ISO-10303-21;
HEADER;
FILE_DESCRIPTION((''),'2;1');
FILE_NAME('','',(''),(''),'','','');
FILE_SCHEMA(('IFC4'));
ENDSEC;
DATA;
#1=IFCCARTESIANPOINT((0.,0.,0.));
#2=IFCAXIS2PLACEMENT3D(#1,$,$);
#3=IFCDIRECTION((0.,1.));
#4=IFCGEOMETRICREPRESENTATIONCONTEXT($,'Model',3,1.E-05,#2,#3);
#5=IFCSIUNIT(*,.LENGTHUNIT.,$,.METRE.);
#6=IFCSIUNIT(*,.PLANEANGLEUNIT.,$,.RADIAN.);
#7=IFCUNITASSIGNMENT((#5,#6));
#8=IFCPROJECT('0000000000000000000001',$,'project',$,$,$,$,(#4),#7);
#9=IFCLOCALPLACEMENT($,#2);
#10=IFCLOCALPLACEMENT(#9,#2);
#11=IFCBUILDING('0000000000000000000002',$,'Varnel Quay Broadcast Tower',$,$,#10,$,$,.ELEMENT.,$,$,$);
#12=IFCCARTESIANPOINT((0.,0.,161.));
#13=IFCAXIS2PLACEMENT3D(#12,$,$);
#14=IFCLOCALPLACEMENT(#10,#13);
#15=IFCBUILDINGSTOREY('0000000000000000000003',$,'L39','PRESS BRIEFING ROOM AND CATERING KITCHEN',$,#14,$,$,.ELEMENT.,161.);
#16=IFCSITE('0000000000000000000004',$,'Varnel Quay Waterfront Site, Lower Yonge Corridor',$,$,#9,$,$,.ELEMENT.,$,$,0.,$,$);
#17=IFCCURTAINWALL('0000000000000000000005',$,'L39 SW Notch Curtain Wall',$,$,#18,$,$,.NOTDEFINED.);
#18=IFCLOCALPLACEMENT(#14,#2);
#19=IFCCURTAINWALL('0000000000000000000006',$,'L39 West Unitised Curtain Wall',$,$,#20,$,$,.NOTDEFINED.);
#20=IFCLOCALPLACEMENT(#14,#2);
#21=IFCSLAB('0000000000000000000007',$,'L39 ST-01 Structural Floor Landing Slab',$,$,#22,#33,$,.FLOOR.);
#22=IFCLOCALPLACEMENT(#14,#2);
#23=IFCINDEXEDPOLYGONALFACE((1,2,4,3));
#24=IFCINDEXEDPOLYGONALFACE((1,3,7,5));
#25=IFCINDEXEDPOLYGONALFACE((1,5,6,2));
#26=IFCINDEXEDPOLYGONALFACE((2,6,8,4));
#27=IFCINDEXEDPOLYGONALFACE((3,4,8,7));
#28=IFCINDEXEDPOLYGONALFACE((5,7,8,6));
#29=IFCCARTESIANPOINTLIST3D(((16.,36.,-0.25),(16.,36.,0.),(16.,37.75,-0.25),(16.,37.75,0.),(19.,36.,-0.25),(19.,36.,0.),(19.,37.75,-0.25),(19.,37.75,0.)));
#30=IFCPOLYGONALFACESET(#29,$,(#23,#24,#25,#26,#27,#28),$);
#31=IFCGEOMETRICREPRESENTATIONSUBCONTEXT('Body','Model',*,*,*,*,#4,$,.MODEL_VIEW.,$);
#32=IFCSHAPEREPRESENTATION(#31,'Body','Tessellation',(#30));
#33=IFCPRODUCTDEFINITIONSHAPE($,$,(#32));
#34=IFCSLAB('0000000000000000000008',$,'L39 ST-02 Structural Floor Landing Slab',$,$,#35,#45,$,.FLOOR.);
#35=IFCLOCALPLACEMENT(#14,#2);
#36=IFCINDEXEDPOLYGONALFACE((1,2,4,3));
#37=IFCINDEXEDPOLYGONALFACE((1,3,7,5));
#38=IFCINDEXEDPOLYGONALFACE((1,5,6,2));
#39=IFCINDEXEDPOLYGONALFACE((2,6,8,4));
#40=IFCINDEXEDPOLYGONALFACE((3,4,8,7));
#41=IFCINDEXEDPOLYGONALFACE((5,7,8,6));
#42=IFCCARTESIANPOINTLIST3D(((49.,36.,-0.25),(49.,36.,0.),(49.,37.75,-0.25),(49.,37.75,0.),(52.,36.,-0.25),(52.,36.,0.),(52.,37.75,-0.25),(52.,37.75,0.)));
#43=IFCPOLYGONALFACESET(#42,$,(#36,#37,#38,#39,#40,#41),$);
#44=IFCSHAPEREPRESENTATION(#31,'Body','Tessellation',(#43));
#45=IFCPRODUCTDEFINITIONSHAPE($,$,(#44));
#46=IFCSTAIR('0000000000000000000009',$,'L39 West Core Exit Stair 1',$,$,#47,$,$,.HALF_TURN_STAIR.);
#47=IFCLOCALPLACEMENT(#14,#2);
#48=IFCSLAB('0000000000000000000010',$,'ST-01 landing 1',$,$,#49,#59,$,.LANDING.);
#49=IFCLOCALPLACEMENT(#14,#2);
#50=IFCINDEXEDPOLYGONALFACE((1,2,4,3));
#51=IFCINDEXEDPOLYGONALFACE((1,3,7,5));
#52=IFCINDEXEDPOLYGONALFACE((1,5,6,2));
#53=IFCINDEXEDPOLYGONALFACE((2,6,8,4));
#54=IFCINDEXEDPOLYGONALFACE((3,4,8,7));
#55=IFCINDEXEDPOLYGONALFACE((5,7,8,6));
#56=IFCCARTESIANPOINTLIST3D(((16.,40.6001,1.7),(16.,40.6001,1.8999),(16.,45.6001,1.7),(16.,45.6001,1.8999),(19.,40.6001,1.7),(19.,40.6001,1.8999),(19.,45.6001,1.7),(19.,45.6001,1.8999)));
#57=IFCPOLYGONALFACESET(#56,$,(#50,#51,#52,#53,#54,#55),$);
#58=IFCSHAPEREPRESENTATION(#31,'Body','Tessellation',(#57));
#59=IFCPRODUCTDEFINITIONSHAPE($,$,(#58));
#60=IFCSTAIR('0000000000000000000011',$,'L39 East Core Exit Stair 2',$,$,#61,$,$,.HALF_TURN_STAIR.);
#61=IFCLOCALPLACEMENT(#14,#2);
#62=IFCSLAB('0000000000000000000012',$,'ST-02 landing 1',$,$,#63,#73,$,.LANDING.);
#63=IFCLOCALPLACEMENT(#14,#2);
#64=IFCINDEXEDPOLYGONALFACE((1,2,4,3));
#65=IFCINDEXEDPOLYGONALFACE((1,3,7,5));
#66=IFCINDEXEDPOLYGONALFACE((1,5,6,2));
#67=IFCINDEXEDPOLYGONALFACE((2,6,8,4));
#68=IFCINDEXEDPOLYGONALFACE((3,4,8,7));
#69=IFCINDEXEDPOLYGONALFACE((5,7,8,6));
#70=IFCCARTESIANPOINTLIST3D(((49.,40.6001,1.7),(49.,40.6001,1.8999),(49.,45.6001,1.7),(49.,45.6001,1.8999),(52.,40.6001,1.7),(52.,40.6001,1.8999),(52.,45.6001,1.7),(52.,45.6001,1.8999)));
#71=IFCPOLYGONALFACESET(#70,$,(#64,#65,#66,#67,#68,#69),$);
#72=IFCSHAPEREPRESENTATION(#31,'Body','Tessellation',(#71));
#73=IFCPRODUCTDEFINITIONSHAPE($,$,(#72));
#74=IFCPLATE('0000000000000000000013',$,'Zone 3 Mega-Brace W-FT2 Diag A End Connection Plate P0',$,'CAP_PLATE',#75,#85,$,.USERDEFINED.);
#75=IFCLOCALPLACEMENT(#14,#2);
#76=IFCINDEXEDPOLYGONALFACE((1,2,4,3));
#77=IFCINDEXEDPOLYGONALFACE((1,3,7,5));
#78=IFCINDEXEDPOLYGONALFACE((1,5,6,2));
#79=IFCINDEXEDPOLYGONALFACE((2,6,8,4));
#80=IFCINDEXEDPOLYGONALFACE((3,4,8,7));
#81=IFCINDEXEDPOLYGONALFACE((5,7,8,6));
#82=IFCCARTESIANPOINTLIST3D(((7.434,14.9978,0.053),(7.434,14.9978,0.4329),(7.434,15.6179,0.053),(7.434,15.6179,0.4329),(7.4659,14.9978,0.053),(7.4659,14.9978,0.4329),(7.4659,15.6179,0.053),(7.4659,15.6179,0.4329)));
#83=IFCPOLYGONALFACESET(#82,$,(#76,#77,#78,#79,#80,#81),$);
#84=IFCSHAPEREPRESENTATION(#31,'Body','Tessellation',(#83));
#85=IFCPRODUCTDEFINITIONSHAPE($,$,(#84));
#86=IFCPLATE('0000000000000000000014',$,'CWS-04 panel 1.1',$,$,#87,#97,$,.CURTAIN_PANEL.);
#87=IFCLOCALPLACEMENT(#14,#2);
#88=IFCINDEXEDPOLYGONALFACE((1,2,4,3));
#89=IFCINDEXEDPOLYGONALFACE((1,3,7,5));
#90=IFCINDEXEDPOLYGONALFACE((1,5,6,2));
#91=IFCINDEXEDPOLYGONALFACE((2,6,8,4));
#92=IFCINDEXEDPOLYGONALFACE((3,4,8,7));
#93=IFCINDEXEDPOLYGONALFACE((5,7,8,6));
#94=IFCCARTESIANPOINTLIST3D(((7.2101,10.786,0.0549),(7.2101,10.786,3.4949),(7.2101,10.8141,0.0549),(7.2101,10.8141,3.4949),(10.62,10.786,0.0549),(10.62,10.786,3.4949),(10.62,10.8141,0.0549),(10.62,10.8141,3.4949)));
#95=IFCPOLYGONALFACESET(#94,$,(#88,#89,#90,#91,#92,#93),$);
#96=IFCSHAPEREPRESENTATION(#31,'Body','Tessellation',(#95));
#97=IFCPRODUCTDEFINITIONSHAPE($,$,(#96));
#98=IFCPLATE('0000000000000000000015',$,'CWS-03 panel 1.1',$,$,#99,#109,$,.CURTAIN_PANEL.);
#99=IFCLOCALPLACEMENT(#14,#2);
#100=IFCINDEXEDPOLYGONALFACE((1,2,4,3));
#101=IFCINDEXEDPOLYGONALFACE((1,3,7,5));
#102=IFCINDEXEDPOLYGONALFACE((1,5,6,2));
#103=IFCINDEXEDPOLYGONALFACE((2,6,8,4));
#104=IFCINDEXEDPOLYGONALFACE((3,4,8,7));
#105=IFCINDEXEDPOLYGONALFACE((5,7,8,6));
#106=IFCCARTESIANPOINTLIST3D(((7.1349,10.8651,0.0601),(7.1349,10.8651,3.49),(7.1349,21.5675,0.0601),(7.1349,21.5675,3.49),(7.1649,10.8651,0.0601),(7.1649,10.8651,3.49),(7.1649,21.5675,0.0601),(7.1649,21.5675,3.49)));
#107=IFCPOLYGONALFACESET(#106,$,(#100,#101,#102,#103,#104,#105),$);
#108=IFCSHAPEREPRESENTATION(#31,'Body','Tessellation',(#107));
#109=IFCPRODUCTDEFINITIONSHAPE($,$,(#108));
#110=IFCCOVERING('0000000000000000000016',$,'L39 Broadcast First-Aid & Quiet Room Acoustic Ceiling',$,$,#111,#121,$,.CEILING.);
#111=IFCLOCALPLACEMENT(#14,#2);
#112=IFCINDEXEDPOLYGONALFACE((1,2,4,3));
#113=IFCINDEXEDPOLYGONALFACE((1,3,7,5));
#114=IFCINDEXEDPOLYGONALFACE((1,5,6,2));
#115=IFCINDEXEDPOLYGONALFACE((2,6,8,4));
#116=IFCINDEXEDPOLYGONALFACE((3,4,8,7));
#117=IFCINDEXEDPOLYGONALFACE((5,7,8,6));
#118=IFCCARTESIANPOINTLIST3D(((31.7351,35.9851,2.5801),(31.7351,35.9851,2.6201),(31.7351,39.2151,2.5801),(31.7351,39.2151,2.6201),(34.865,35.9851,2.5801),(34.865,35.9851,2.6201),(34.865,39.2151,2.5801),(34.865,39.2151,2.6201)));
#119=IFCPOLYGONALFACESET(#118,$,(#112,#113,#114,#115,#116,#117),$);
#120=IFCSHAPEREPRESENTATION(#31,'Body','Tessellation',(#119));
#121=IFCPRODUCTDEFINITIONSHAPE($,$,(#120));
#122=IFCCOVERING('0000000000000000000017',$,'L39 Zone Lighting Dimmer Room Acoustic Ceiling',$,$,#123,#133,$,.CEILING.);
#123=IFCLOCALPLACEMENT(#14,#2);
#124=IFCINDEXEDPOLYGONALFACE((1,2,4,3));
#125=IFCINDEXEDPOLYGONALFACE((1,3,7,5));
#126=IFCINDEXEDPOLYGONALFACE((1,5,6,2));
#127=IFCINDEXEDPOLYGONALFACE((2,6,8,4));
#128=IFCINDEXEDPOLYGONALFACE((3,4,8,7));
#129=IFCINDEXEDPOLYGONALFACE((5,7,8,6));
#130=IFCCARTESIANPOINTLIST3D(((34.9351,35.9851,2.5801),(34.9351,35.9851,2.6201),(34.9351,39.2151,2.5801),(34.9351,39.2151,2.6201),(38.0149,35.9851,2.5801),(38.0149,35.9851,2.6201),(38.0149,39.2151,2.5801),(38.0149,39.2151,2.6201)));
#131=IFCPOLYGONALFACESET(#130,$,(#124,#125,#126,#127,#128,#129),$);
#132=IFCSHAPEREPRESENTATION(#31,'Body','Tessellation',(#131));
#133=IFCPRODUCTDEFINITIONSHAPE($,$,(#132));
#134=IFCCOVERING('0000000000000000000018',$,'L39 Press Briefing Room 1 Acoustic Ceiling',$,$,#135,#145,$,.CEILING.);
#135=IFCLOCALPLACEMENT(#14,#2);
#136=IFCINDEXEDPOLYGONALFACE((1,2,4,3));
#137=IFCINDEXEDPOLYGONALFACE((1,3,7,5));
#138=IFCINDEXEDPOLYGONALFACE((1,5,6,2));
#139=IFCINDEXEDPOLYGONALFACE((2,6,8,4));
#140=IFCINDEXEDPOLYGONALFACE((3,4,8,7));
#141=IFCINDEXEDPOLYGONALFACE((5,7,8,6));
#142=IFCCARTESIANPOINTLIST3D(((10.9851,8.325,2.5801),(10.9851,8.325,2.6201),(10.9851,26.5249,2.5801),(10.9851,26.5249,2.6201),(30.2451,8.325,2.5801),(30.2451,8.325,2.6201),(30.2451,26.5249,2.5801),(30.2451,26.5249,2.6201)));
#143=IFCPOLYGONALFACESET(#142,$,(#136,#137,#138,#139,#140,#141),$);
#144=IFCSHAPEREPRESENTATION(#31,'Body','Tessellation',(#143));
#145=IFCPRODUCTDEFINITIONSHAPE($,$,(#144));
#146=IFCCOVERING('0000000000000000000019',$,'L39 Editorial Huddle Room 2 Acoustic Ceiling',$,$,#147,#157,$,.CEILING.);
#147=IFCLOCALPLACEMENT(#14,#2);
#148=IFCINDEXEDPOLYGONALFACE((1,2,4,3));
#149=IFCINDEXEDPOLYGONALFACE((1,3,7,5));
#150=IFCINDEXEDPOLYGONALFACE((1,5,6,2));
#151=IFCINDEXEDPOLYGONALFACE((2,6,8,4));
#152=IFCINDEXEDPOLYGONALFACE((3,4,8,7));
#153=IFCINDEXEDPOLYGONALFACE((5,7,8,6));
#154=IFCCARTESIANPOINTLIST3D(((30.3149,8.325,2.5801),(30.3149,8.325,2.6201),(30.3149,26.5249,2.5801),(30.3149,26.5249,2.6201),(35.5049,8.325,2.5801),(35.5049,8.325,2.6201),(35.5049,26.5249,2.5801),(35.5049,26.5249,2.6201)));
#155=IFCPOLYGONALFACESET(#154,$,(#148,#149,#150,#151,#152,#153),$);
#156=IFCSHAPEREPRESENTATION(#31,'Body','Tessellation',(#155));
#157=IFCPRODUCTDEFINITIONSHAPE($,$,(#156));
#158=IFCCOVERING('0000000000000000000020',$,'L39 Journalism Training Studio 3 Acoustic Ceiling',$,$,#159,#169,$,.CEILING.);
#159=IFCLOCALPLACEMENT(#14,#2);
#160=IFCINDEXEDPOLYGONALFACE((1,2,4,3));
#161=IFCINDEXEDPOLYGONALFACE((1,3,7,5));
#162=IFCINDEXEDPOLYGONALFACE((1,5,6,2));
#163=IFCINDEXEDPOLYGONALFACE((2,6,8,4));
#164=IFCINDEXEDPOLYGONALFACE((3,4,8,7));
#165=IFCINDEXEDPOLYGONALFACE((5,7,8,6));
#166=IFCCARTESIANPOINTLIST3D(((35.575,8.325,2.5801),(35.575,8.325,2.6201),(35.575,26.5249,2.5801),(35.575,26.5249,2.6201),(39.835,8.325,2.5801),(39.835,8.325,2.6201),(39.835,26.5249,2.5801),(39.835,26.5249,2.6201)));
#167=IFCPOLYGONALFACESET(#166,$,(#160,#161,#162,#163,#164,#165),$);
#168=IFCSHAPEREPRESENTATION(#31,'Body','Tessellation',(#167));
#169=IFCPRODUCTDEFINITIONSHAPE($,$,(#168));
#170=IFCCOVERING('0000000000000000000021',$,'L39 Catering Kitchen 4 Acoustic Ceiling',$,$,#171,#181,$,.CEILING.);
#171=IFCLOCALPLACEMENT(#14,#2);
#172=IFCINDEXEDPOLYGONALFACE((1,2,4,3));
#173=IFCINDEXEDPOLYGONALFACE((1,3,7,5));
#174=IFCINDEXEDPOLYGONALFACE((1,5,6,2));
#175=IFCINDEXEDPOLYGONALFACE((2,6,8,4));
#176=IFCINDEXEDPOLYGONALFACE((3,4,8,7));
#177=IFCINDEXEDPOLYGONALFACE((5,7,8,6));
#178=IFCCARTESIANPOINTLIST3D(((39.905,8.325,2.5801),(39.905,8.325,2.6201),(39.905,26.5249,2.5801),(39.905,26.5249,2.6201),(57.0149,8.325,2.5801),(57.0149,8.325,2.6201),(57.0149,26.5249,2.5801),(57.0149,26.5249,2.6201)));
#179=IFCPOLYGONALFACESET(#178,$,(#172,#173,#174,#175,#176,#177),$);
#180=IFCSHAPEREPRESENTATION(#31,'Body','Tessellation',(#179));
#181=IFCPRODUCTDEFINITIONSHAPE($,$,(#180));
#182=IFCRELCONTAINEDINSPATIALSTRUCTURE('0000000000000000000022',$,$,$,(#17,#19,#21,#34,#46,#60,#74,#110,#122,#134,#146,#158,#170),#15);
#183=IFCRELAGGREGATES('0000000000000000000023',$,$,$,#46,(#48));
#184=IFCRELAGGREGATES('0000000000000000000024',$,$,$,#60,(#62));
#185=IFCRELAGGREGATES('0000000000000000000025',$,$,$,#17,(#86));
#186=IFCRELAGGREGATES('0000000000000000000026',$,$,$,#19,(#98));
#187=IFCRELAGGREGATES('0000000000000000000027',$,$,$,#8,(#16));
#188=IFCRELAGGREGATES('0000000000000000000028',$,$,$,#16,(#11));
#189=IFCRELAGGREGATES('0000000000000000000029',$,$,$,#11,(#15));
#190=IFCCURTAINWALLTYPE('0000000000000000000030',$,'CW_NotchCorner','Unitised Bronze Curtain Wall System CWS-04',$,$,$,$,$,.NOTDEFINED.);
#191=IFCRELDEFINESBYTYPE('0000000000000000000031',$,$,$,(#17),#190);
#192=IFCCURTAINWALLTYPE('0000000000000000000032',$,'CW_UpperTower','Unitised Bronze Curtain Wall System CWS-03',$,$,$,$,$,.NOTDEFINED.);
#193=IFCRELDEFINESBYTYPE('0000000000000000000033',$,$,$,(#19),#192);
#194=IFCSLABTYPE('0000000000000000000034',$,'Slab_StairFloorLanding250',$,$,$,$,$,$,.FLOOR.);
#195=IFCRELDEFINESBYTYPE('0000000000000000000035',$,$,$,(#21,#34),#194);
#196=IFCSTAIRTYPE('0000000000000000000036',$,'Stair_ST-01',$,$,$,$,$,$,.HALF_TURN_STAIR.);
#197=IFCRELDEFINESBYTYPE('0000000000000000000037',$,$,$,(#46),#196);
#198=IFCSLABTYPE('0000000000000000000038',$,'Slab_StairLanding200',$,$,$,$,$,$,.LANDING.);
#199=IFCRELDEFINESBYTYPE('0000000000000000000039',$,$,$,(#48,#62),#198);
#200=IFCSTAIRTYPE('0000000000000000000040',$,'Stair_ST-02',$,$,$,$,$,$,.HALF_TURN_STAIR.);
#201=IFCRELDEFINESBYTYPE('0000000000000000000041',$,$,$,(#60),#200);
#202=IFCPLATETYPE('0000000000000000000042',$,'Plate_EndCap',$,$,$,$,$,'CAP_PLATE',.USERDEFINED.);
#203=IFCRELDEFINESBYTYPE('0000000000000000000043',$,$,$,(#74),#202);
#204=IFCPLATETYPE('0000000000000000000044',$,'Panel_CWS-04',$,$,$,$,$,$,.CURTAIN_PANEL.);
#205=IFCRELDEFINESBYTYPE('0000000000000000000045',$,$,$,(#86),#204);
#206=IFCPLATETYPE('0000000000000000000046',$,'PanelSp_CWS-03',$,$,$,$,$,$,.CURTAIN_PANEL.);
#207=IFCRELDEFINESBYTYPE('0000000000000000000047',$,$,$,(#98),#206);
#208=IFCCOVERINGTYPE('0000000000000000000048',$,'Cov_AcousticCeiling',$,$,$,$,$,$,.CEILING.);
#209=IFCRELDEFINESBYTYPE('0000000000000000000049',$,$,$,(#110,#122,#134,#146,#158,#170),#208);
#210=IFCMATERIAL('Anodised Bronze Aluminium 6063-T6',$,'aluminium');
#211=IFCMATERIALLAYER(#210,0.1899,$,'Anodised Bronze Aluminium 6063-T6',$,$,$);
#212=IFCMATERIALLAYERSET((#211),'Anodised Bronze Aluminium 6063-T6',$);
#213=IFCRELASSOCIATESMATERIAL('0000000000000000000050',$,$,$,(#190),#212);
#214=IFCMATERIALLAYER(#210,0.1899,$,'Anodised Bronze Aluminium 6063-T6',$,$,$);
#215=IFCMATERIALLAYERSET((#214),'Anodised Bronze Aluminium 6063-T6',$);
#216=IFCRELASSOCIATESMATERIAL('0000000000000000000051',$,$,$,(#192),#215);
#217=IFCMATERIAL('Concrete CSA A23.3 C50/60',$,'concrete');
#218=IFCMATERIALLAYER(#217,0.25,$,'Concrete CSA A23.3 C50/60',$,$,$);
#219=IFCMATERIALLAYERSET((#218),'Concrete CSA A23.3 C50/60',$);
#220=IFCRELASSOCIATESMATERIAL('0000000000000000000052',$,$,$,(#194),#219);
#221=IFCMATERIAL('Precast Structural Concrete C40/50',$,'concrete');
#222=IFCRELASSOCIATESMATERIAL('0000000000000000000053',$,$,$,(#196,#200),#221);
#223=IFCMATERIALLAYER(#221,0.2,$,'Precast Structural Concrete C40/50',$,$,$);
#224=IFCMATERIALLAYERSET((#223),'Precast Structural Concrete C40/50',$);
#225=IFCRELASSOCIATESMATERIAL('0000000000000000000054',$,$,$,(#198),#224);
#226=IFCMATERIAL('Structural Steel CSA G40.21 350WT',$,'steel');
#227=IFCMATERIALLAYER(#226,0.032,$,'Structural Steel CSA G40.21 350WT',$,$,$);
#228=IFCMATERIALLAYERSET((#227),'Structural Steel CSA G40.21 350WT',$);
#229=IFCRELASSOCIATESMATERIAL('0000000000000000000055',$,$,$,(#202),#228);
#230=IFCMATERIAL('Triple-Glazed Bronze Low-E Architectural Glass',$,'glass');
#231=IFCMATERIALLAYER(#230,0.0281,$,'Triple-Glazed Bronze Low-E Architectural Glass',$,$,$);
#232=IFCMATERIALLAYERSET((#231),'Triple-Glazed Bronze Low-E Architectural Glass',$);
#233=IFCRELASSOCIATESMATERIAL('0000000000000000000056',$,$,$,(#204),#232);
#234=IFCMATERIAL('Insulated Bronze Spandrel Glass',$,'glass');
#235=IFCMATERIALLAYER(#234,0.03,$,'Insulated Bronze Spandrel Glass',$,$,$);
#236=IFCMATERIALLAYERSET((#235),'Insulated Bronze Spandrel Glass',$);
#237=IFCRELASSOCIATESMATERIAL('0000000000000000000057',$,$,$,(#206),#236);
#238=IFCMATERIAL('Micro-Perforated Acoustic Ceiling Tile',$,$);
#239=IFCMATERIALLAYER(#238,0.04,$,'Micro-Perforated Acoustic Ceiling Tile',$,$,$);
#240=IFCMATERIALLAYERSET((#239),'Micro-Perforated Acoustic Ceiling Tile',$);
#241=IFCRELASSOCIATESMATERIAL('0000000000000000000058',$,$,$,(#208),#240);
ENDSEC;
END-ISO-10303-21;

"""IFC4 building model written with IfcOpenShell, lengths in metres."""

from ifc_helpers import new_model, si_unit, direction, frame, origin, origin_2d, place, context, subcontext, project, spatial, polyline, rectangle, outline, extrude, source, transform, mapped, material, layer, layer_set, type_object, type_shapes, element, aggregate, save


model = new_model("IFC4")

# Units and contexts
model_context = context("Model", 3, precision=1e-05, world=origin(), true_north=direction((0.0, 1.0)))
body_context = subcontext(model_context, "Body", "Model", "MODEL_VIEW")
ifc_project = project(units=[si_unit("LENGTHUNIT", "METRE"), si_unit("PLANEANGLEUNIT", "RADIAN")], contexts=[model_context])

# Site, building, storey
site_placement = place(None, origin())
site = spatial("IfcSite", under=ifc_project, at=site_placement, Name="Varnel Quay Waterfront Site, Lower Yonge Corridor", CompositionType="ELEMENT", RefElevation=0.0)
building_placement = place(site_placement, origin())
building = spatial("IfcBuilding", under=site, at=building_placement, Name="Varnel Quay Broadcast Tower", CompositionType="ELEMENT")
storey_placement = place(building_placement, frame((0.0, 0.0, 161.0)))
storey = spatial("IfcBuildingStorey", under=building, at=storey_placement, Name="L39", Description="PRESS BRIEFING ROOM AND CATERING KITCHEN", CompositionType="ELEMENT", Elevation=161.0)

# Shared definitions
ifc_material_1 = material(Name="Structural Steel CSA G40.21 350WT", Category="steel")

# Curtain walls
ifc_material_2 = material(Name="Anodised Bronze Aluminium 6063-T6", Category="aluminium")
ifc_layer_1 = layer(ifc_material_2, 0.1899, Name="Anodised Bronze Aluminium 6063-T6")
ifc_layer_set_1 = layer_set([ifc_layer_1], Name="Anodised Bronze Aluminium 6063-T6")
curtain_wall_type_1 = type_object("IfcCurtainWallType", Name="CW_NotchCorner", Description="Unitised Bronze Curtain Wall System CWS-04", PredefinedType="NOTDEFINED", material=ifc_layer_set_1)
curtain_wall_1_placement = place(storey_placement, origin())
curtain_wall_1 = element("IfcCurtainWall", 1, at=curtain_wall_1_placement, inside=storey, type_object=curtain_wall_type_1, Name="L39 SW Notch Curtain Wall", PredefinedType="NOTDEFINED")
ifc_layer_2 = layer(ifc_material_2, 0.1899, Name="Anodised Bronze Aluminium 6063-T6")
ifc_layer_set_2 = layer_set([ifc_layer_2], Name="Anodised Bronze Aluminium 6063-T6")
curtain_wall_type_2 = type_object("IfcCurtainWallType", Name="CW_UpperTower", Description="Unitised Bronze Curtain Wall System CWS-03", PredefinedType="NOTDEFINED", material=ifc_layer_set_2)
curtain_wall_2_placement = place(storey_placement, origin())
curtain_wall_2 = element("IfcCurtainWall", 2, at=curtain_wall_2_placement, inside=storey, type_object=curtain_wall_type_2, Name="L39 West Unitised Curtain Wall", PredefinedType="NOTDEFINED")

# Slabs
ifc_material_3 = material(Name="Concrete CSA A23.3 C50/60", Category="concrete")
ifc_layer_3 = layer(ifc_material_3, 0.25, Name="Concrete CSA A23.3 C50/60")
ifc_layer_set_3 = layer_set([ifc_layer_3], Name="Concrete CSA A23.3 C50/60")
slab_type_1 = type_object("IfcSlabType", Name="Slab_StairFloorLanding250", PredefinedType="FLOOR", material=ifc_layer_set_3)
slab_1_placement = place(storey_placement, frame((0.0, 0.0, -0.25)))
element("IfcSlab", 3, at=slab_1_placement, inside=storey, type_object=slab_type_1, Name="L39 ST-01 Structural Floor Landing Slab", PredefinedType="FLOOR", context=body_context, shape_type="SweptSolid", body=[
    extrude(outline(polyline([(19.0, 36.0), (19.0, 37.75), (16.0, 37.75), (16.0, 36.0), (19.0, 36.0)])), origin(), (0.0, 0.0, 1.0), 0.25),
])
slab_2_placement = place(storey_placement, frame((0.0, 0.0, -0.25)))
element("IfcSlab", 4, at=slab_2_placement, inside=storey, type_object=slab_type_1, Name="L39 ST-02 Structural Floor Landing Slab", PredefinedType="FLOOR", context=body_context, shape_type="SweptSolid", body=[
    extrude(outline(polyline([(52.0, 36.0), (52.0, 37.75), (49.0, 37.75), (49.0, 36.0), (52.0, 36.0)])), origin(), (0.0, 0.0, 1.0), 0.25),
])

# Stairs, slabs
ifc_material_4 = material(Name="Precast Structural Concrete C40/50", Category="concrete")
stair_type_1 = type_object("IfcStairType", Name="Stair_ST-01", PredefinedType="HALF_TURN_STAIR", material=ifc_material_4)
stair_1_placement = place(storey_placement, origin())
stair_1 = element("IfcStair", 5, at=stair_1_placement, inside=storey, type_object=stair_type_1, Name="L39 West Core Exit Stair 1", PredefinedType="HALF_TURN_STAIR")
ifc_layer_4 = layer(ifc_material_4, 0.2, Name="Precast Structural Concrete C40/50")
ifc_layer_set_4 = layer_set([ifc_layer_4], Name="Precast Structural Concrete C40/50")
slab_type_2 = type_object("IfcSlabType", Name="Slab_StairLanding200", PredefinedType="LANDING", material=ifc_layer_set_4)
slab_3_placement = place(storey_placement, frame((0.0, 0.0, 1.7)))
slab_3 = element("IfcSlab", 6, at=slab_3_placement, type_object=slab_type_2, Name="ST-01 landing 1", PredefinedType="LANDING", context=body_context, shape_type="SweptSolid", body=[
    extrude(outline(polyline([(19.0, 40.6001), (19.0, 45.6001), (16.0, 45.6001), (16.0, 40.6001), (19.0, 40.6001)])), origin(), (0.0, 0.0, 1.0), 0.2),
])
aggregate(stair_1, [slab_3])
stair_type_2 = type_object("IfcStairType", Name="Stair_ST-02", PredefinedType="HALF_TURN_STAIR", material=ifc_material_4)
stair_2_placement = place(storey_placement, origin())
stair_2 = element("IfcStair", 7, at=stair_2_placement, inside=storey, type_object=stair_type_2, Name="L39 East Core Exit Stair 2", PredefinedType="HALF_TURN_STAIR")
slab_4_placement = place(storey_placement, frame((0.0, 0.0, 1.7)))
slab_4 = element("IfcSlab", 8, at=slab_4_placement, type_object=slab_type_2, Name="ST-02 landing 1", PredefinedType="LANDING", context=body_context, shape_type="SweptSolid", body=[
    extrude(outline(polyline([(52.0, 40.6001), (52.0, 45.6001), (49.0, 45.6001), (49.0, 40.6001), (52.0, 40.6001)])), origin(), (0.0, 0.0, 1.0), 0.2),
])
aggregate(stair_2, [slab_4])

# Plates
ifc_layer_5 = layer(ifc_material_1, 0.032, Name="Structural Steel CSA G40.21 350WT")
ifc_layer_set_5 = layer_set([ifc_layer_5], Name="Structural Steel CSA G40.21 350WT")
plate_type_1 = type_object("IfcPlateType", Name="Plate_EndCap", ElementType="CAP_PLATE", PredefinedType="USERDEFINED", material=ifc_layer_set_5)
shared_shape_1 = source(origin(), body_context, "Body", "SweptSolid", [
    extrude(rectangle(XDim=0.6201, YDim=0.032, at=origin_2d()), origin(), (0.0, 0.0, 1.0), 0.3799),
])
type_shapes(plate_type_1, [shared_shape_1])
plate_1_placement = place(storey_placement, frame((7.45, 15.3079, 0.053), z_axis=(0.0, 0.0, 1.0), x_axis=(0.0, 1.0, 0.0)))
element("IfcPlate", 9, at=plate_1_placement, inside=storey, type_object=plate_type_1, Name="Zone 3 Mega-Brace W-FT2 Diag A End Connection Plate P0", ObjectType="CAP_PLATE", PredefinedType="USERDEFINED", context=body_context, shape_type="MappedRepresentation", body=[
    mapped(shared_shape_1, transform((0.0, 0.0, 0.0), x_axis=(1.0, 0.0, 0.0), y_axis=(0.0, 1.0, 0.0), z_axis=(0.0, 0.0, 1.0), scale=1.0)),
])
ifc_material_5 = material(Name="Triple-Glazed Bronze Low-E Architectural Glass", Category="glass")
ifc_layer_6 = layer(ifc_material_5, 0.0281, Name="Triple-Glazed Bronze Low-E Architectural Glass")
ifc_layer_set_6 = layer_set([ifc_layer_6], Name="Triple-Glazed Bronze Low-E Architectural Glass")
plate_type_2 = type_object("IfcPlateType", Name="Panel_CWS-04", PredefinedType="CURTAIN_PANEL", material=ifc_layer_set_6)
shared_shape_2 = source(origin(), body_context, "Body", "SweptSolid", [
    extrude(rectangle(XDim=3.4099, YDim=0.0281, at=origin_2d()), origin(), (0.0, 0.0, 1.0), 3.4399),
])
type_shapes(plate_type_2, [shared_shape_2])
plate_2_placement = place(storey_placement, frame((8.915, 10.8, 0.0549), z_axis=(0.0, 0.0, 1.0), x_axis=(1.0, 0.0, 0.0)))
plate_2 = element("IfcPlate", 10, at=plate_2_placement, type_object=plate_type_2, Name="CWS-04 panel 1.1", PredefinedType="CURTAIN_PANEL", context=body_context, shape_type="MappedRepresentation", body=[
    mapped(shared_shape_2, transform((0.0, 0.0, 0.0), x_axis=(1.0, 0.0, 0.0), y_axis=(0.0, 1.0, 0.0), z_axis=(0.0, 0.0, 1.0), scale=1.0)),
])
aggregate(curtain_wall_1, [plate_2])
ifc_material_6 = material(Name="Insulated Bronze Spandrel Glass", Category="glass")
ifc_layer_7 = layer(ifc_material_6, 0.03, Name="Insulated Bronze Spandrel Glass")
ifc_layer_set_7 = layer_set([ifc_layer_7], Name="Insulated Bronze Spandrel Glass")
plate_type_3 = type_object("IfcPlateType", Name="PanelSp_CWS-03", PredefinedType="CURTAIN_PANEL", material=ifc_layer_set_7)
shared_shape_3 = source(origin(), body_context, "Body", "SweptSolid", [
    extrude(rectangle(XDim=10.7024, YDim=0.03, at=origin_2d()), origin(), (0.0, 0.0, 1.0), 3.4299),
])
type_shapes(plate_type_3, [shared_shape_3])
plate_3_placement = place(storey_placement, frame((7.1499, 16.2163, 0.0601), z_axis=(0.0, 0.0, 1.0), x_axis=(0.0, 1.0, 0.0)))
plate_3 = element("IfcPlate", 11, at=plate_3_placement, type_object=plate_type_3, Name="CWS-03 panel 1.1", PredefinedType="CURTAIN_PANEL", context=body_context, shape_type="MappedRepresentation", body=[
    mapped(shared_shape_3, transform((0.0, 0.0, 0.0), x_axis=(1.0, 0.0, 0.0), y_axis=(0.0, 1.0, 0.0), z_axis=(0.0, 0.0, 1.0), scale=1.0)),
])
aggregate(curtain_wall_2, [plate_3])

# Coverings
ifc_material_7 = material(Name="Micro-Perforated Acoustic Ceiling Tile")
ifc_layer_8 = layer(ifc_material_7, 0.04, Name="Micro-Perforated Acoustic Ceiling Tile")
ifc_layer_set_8 = layer_set([ifc_layer_8], Name="Micro-Perforated Acoustic Ceiling Tile")
covering_type_1 = type_object("IfcCoveringType", Name="Cov_AcousticCeiling", PredefinedType="CEILING", material=ifc_layer_set_8)
covering_1_placement = place(storey_placement, frame((0.0, 0.0, 2.5801)))
element("IfcCovering", 12, at=covering_1_placement, inside=storey, type_object=covering_type_1, Name="L39 Broadcast First-Aid & Quiet Room Acoustic Ceiling", PredefinedType="CEILING", context=body_context, shape_type="SweptSolid", body=[
    extrude(outline(polyline([(31.7351, 35.9851), (34.865, 35.9851), (34.865, 39.2151), (31.7351, 39.2151), (31.7351, 35.9851)])), origin(), (0.0, 0.0, 1.0), 0.04),
])
covering_2_placement = place(storey_placement, frame((0.0, 0.0, 2.5801)))
element("IfcCovering", 13, at=covering_2_placement, inside=storey, type_object=covering_type_1, Name="L39 Zone Lighting Dimmer Room Acoustic Ceiling", PredefinedType="CEILING", context=body_context, shape_type="SweptSolid", body=[
    extrude(outline(polyline([(34.9351, 35.9851), (38.0149, 35.9851), (38.0149, 39.2151), (34.9351, 39.2151), (34.9351, 35.9851)])), origin(), (0.0, 0.0, 1.0), 0.04),
])
covering_3_placement = place(storey_placement, frame((0.0, 0.0, 2.5801)))
element("IfcCovering", 14, at=covering_3_placement, inside=storey, type_object=covering_type_1, Name="L39 Press Briefing Room 1 Acoustic Ceiling", PredefinedType="CEILING", context=body_context, shape_type="SweptSolid", body=[
    extrude(outline(polyline([(10.9851, 8.325), (30.2451, 8.325), (30.2451, 26.5249), (10.9851, 26.5249), (10.9851, 8.325)])), origin(), (0.0, 0.0, 1.0), 0.04),
])
covering_4_placement = place(storey_placement, frame((0.0, 0.0, 2.5801)))
element("IfcCovering", 15, at=covering_4_placement, inside=storey, type_object=covering_type_1, Name="L39 Editorial Huddle Room 2 Acoustic Ceiling", PredefinedType="CEILING", context=body_context, shape_type="SweptSolid", body=[
    extrude(outline(polyline([(30.3149, 8.325), (35.5049, 8.325), (35.5049, 26.5249), (30.3149, 26.5249), (30.3149, 8.325)])), origin(), (0.0, 0.0, 1.0), 0.04),
])
covering_5_placement = place(storey_placement, frame((0.0, 0.0, 2.5801)))
element("IfcCovering", 16, at=covering_5_placement, inside=storey, type_object=covering_type_1, Name="L39 Journalism Training Studio 3 Acoustic Ceiling", PredefinedType="CEILING", context=body_context, shape_type="SweptSolid", body=[
    extrude(outline(polyline([(35.575, 8.325), (39.835, 8.325), (39.835, 26.5249), (35.575, 26.5249), (35.575, 8.325)])), origin(), (0.0, 0.0, 1.0), 0.04),
])
covering_6_placement = place(storey_placement, frame((0.0, 0.0, 2.5801)))
element("IfcCovering", 17, at=covering_6_placement, inside=storey, type_object=covering_type_1, Name="L39 Catering Kitchen 4 Acoustic Ceiling", PredefinedType="CEILING", context=body_context, shape_type="SweptSolid", body=[
    extrude(outline(polyline([(39.905, 8.325), (57.0149, 8.325), (57.0149, 26.5249), (39.905, 26.5249), (39.905, 8.325)])), origin(), (0.0, 0.0, 1.0), 0.04),
])

save(model, "model.ifc")
